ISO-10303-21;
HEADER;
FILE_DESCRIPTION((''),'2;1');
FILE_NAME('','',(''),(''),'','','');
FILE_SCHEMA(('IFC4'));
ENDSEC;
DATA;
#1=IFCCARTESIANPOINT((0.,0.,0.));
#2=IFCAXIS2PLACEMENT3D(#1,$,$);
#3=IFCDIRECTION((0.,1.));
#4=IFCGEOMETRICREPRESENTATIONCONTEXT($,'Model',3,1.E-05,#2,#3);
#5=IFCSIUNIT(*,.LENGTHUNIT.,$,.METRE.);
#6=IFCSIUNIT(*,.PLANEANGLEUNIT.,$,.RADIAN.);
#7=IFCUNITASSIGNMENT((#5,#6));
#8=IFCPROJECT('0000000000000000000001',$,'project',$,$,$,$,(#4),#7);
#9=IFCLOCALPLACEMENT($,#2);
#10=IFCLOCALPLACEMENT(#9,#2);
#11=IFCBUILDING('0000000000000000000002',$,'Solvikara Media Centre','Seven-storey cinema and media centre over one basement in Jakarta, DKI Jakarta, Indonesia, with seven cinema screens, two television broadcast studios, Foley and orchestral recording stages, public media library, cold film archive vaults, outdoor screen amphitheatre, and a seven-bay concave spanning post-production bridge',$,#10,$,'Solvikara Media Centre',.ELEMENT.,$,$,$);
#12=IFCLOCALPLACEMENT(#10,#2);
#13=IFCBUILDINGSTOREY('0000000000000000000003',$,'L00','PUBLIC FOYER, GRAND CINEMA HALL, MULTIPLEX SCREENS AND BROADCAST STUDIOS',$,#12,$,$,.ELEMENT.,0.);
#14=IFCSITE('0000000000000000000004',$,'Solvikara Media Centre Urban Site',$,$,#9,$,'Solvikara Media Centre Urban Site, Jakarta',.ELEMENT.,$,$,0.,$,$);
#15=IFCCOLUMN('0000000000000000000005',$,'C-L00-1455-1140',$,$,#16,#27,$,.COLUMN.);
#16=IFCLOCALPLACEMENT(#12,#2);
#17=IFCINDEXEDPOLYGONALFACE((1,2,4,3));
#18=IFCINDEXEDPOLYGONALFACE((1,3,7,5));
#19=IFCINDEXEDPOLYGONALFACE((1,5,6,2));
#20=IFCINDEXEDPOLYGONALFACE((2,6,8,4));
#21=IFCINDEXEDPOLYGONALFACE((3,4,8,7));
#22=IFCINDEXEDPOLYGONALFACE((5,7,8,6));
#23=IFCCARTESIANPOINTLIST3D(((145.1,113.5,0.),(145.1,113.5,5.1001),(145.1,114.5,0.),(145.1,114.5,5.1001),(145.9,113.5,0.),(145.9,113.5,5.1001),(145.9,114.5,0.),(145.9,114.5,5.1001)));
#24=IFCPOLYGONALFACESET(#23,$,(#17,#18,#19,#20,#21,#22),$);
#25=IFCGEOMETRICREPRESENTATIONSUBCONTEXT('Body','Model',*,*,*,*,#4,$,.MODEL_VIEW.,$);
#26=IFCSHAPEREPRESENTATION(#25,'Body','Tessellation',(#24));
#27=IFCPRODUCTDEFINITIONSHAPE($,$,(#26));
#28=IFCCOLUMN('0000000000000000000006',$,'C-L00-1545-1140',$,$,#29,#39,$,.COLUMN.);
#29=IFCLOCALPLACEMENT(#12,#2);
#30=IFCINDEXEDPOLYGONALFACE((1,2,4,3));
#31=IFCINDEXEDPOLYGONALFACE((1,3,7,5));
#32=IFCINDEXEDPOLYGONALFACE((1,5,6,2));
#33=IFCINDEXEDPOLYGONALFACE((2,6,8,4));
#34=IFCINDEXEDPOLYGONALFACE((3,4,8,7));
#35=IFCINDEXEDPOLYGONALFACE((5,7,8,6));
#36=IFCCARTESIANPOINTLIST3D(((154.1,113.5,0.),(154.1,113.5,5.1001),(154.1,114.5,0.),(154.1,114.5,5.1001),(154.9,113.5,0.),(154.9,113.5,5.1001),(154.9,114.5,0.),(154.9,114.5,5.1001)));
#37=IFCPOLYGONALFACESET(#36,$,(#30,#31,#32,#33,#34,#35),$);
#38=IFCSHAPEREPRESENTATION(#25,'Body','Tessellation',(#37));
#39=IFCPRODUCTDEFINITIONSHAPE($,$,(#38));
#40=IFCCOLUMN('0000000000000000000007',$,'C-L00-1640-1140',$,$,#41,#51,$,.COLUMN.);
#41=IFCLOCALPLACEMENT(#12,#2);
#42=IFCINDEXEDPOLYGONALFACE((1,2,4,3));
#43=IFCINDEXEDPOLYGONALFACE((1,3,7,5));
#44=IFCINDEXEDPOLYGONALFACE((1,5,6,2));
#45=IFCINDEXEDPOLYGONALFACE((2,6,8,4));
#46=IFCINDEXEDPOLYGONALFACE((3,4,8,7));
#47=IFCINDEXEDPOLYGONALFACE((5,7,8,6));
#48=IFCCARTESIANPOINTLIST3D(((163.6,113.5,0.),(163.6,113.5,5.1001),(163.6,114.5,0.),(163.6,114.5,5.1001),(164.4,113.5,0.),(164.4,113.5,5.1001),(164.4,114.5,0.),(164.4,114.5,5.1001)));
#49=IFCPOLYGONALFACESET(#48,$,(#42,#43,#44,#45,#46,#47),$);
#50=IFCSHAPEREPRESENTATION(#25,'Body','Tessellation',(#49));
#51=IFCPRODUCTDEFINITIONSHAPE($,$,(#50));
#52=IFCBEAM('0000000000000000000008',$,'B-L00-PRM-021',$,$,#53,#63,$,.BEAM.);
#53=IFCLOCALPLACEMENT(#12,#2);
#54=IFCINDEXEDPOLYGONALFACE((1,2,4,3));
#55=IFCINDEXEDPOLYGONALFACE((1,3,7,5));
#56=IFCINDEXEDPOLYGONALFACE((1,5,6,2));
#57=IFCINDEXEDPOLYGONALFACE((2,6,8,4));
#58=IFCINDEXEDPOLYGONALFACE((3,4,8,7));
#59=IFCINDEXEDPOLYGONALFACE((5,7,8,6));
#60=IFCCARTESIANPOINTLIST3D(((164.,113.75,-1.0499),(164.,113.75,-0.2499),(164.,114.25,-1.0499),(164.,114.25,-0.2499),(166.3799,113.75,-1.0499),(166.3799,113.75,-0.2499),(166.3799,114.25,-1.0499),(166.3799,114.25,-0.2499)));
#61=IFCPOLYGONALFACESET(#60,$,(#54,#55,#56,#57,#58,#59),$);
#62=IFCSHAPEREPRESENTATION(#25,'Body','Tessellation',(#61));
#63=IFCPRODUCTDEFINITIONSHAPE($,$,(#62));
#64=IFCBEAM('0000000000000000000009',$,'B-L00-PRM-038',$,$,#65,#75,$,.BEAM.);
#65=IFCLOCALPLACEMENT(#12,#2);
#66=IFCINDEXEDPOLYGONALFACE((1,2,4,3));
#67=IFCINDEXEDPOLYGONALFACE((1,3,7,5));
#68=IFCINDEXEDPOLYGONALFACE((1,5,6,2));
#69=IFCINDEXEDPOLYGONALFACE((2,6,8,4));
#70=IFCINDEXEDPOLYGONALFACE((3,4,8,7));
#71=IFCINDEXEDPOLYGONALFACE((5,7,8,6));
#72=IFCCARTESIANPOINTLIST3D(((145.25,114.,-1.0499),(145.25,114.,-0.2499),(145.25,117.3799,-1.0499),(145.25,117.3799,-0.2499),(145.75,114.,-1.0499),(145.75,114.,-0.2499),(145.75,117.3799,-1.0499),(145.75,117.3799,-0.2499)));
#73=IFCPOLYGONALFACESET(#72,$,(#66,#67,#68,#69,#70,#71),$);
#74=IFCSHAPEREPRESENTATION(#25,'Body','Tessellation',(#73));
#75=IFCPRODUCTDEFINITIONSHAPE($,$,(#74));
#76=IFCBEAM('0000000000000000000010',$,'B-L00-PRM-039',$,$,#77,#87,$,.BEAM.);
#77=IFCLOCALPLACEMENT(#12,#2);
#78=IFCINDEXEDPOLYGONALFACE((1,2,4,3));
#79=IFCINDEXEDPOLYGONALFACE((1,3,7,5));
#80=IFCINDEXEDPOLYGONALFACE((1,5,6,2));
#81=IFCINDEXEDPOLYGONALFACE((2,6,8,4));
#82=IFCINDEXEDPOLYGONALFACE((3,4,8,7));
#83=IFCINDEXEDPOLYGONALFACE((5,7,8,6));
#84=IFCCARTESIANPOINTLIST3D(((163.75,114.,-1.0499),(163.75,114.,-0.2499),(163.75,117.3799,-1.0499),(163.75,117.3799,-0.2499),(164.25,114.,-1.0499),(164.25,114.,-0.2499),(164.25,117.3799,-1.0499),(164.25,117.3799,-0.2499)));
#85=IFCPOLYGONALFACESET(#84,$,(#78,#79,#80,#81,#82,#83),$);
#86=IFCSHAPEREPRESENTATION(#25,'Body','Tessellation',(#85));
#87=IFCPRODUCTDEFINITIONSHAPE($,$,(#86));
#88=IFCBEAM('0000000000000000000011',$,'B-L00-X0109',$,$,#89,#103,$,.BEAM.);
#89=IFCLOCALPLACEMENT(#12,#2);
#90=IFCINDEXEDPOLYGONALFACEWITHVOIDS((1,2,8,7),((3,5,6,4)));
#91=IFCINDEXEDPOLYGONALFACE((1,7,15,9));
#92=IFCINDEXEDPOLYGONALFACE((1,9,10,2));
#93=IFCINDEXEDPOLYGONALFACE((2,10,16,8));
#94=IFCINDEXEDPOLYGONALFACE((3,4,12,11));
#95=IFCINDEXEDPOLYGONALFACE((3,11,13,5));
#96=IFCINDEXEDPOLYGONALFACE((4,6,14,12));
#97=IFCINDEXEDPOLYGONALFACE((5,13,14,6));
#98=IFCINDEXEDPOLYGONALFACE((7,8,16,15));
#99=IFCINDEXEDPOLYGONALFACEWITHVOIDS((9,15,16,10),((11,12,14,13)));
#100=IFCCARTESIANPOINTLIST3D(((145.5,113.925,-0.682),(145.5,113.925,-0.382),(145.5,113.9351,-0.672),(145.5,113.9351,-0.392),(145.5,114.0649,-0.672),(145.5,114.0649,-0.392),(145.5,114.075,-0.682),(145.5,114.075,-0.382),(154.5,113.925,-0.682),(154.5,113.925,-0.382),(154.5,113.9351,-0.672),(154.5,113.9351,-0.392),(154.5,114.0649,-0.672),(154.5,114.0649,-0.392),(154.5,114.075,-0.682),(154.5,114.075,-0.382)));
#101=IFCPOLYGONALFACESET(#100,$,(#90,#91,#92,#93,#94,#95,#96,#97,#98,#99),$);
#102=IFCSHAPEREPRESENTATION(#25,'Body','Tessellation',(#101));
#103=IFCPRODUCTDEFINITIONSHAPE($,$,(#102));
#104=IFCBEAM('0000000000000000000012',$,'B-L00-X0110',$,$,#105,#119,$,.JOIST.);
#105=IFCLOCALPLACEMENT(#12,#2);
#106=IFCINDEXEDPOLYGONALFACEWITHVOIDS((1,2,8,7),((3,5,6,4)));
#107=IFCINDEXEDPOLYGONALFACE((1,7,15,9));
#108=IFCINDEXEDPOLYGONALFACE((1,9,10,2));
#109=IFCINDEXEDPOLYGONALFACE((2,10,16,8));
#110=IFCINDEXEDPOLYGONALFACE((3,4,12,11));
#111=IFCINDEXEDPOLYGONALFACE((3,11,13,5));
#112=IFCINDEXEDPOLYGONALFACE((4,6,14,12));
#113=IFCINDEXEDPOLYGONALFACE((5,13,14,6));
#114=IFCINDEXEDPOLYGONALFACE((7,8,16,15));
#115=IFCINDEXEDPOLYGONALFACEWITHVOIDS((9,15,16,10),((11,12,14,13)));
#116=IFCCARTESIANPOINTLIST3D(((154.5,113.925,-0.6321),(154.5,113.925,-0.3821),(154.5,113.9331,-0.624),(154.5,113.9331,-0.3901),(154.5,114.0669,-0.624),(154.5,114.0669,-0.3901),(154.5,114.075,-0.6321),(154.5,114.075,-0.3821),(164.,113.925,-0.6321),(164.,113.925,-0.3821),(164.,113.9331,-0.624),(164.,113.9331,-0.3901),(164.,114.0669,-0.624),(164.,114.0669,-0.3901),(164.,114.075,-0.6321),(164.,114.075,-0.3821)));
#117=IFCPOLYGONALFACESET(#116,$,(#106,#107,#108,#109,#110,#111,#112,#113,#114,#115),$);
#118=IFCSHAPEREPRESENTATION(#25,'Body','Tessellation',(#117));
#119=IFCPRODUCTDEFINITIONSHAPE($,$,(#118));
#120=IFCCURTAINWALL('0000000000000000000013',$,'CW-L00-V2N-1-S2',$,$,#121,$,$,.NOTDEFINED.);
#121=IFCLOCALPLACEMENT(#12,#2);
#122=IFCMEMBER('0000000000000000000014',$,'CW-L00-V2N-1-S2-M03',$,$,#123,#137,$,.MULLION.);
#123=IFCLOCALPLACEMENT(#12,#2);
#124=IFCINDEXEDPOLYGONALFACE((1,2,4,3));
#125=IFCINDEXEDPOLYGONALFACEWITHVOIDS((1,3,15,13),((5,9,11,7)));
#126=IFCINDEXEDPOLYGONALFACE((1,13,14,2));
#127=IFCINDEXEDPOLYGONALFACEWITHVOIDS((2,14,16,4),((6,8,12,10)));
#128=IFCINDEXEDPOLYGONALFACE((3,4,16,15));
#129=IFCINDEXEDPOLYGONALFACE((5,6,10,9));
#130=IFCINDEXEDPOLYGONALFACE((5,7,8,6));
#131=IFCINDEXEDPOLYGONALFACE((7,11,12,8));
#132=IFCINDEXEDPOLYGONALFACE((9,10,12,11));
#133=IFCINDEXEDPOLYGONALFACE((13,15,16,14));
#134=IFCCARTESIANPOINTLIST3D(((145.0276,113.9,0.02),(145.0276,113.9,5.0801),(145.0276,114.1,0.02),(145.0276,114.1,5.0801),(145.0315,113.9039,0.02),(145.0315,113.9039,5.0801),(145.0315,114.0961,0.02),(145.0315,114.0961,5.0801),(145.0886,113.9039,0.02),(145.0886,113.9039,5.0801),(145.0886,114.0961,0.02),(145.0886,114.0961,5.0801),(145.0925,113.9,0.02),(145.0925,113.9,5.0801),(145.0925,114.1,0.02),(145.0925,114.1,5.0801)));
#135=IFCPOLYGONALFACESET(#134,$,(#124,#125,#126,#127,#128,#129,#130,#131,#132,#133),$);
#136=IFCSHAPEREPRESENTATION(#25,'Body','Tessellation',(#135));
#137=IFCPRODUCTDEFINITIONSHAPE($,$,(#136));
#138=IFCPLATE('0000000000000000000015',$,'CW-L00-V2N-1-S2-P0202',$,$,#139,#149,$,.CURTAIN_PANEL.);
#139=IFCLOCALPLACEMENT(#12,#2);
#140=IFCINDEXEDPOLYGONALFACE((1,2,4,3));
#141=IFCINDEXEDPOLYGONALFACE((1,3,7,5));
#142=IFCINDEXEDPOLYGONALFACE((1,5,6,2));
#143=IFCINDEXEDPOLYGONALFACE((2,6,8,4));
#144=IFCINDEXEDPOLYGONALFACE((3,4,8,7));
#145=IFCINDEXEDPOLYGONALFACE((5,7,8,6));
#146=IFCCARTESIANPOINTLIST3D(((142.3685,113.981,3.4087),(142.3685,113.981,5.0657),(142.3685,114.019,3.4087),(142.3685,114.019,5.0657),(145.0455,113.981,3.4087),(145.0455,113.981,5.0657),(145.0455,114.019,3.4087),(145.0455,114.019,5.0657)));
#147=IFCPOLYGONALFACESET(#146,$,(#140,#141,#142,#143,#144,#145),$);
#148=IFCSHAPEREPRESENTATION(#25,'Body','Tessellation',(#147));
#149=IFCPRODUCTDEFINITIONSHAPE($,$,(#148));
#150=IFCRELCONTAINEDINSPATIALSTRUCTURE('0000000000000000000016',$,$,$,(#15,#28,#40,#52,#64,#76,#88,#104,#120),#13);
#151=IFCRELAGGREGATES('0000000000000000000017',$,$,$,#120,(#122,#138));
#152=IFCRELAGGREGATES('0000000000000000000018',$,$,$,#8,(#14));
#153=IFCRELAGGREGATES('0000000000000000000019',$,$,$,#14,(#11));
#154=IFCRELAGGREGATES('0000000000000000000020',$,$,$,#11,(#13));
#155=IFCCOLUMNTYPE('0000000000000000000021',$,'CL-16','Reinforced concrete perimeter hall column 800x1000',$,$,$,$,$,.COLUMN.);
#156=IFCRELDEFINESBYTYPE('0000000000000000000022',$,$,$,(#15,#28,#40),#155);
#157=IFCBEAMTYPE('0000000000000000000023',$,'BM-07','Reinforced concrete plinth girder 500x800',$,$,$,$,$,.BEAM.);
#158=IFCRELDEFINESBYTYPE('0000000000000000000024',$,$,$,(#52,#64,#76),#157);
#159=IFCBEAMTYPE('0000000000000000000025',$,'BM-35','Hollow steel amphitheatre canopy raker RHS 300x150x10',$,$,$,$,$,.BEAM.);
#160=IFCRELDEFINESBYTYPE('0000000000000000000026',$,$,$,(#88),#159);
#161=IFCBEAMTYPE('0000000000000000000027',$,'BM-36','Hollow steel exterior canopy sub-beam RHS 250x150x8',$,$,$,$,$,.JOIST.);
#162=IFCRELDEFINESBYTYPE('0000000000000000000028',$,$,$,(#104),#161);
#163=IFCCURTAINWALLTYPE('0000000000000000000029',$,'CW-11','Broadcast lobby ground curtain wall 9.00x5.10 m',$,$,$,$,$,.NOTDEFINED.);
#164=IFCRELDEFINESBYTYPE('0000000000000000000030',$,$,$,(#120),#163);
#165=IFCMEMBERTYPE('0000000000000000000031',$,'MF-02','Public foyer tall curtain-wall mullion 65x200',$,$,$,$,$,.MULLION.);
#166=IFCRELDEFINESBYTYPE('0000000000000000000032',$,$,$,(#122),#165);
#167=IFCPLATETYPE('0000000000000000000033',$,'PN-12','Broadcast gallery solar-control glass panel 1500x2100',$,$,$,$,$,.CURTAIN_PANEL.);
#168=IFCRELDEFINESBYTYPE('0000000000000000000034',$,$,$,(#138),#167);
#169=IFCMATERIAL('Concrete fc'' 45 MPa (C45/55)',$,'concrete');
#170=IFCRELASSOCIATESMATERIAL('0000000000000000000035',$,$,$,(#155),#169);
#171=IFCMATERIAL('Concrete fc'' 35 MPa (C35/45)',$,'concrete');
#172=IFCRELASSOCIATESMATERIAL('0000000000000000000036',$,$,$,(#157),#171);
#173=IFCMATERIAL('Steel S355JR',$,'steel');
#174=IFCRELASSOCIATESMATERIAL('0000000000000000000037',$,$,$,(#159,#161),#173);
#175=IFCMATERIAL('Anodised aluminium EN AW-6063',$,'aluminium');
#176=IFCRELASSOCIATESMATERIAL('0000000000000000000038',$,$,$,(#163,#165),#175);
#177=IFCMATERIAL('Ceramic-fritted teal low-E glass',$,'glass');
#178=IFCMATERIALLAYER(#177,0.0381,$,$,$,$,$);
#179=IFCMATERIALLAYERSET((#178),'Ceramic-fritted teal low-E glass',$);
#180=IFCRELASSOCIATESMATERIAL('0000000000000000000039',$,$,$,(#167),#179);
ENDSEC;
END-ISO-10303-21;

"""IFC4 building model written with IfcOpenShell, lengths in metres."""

from ifc_helpers import new_model, si_unit, direction, frame, origin, origin_2d, place, context, subcontext, project, spatial, rectangle, hollow_rectangle, extrude, material, layer, layer_set, material_profile, profile_set, type_object, element, aggregate, save


model = new_model("IFC4")

# Units and contexts
model_context = context("Model", 3, precision=1e-05, world=origin(), true_north=direction((0.0, 1.0)))
body_context = subcontext(model_context, "Body", "Model", "MODEL_VIEW")
ifc_project = project(units=[si_unit("LENGTHUNIT", "METRE"), si_unit("PLANEANGLEUNIT", "RADIAN")], contexts=[model_context])

# Site, building, storey
site_placement = place(None, origin())
site = spatial("IfcSite", under=ifc_project, at=site_placement, Name="Solvikara Media Centre Urban Site", LongName="Solvikara Media Centre Urban Site, Jakarta", CompositionType="ELEMENT", RefElevation=0.0)
building_placement = place(site_placement, origin())
building = spatial("IfcBuilding", under=site, at=building_placement, Name="Solvikara Media Centre", Description="Seven-storey cinema and media centre over one basement in Jakarta, DKI Jakarta, Indonesia, with seven cinema screens, two television broadcast studios, Foley and orchestral recording stages, public media library, cold film archive vaults, outdoor screen amphitheatre, and a seven-bay concave spanning post-production bridge", LongName="Solvikara Media Centre", CompositionType="ELEMENT")
storey_placement = place(building_placement, origin())
storey = spatial("IfcBuildingStorey", under=building, at=storey_placement, Name="L00", Description="PUBLIC FOYER, GRAND CINEMA HALL, MULTIPLEX SCREENS AND BROADCAST STUDIOS", CompositionType="ELEMENT", Elevation=0.0)

# Columns
ifc_material_1 = material(Name="Concrete fc' 45 MPa (C45/55)", Category="concrete")
ifc_material_profile_1 = material_profile(ifc_material_1, rectangle(XDim=0.8, YDim=1.0, at=origin_2d()), Name="RC 800x1000")
ifc_profile_set_1 = profile_set([ifc_material_profile_1], Name="Concrete fc' 45 MPa (C45/55)")
column_type = type_object("IfcColumnType", Name="CL-16", Description="Reinforced concrete perimeter hall column 800x1000", PredefinedType="COLUMN", material=ifc_profile_set_1)
for number, where, z_axis, x_axis, name in (
    (1, (145.5, 114.0, 0.0), (0.0, 0.0, 1.0), (1.0, 0.0, 0.0), "C-L00-1455-1140"),
    (2, (154.5, 114.0, 0.0), (0.0, 0.0, 1.0), (1.0, 0.0, 0.0), "C-L00-1545-1140"),
    (3, (164.0, 114.0, 0.0), (0.0, 0.0, 1.0), (1.0, 0.0, 0.0), "C-L00-1640-1140"),
):
    element("IfcColumn", number, at=place(storey_placement, frame(where, z_axis=z_axis, x_axis=x_axis)), inside=storey, type_object=column_type, Name=name, PredefinedType="COLUMN", context=body_context, shape_type="SweptSolid", body=[
        extrude(rectangle(XDim=0.8, YDim=1.0, at=origin_2d()), origin(), (0.0, 0.0, 1.0), 5.1001),
    ])

# Beams
ifc_material_2 = material(Name="Concrete fc' 35 MPa (C35/45)", Category="concrete")
ifc_material_profile_2 = material_profile(ifc_material_2, rectangle(XDim=0.5, YDim=0.8, at=origin_2d()), Name="RC 500x800")
ifc_profile_set_2 = profile_set([ifc_material_profile_2], Name="Concrete fc' 35 MPa (C35/45)")
beam_type_1 = type_object("IfcBeamType", Name="BM-07", Description="Reinforced concrete plinth girder 500x800", PredefinedType="BEAM", material=ifc_profile_set_2)
beam_1_placement = place(storey_placement, frame((164.0, 114.0, -0.6499), z_axis=(1.0, 0.0, 0.0), x_axis=(0.0, 1.0, 0.0)))
element("IfcBeam", 4, at=beam_1_placement, inside=storey, type_object=beam_type_1, Name="B-L00-PRM-021", PredefinedType="BEAM", context=body_context, shape_type="SweptSolid", body=[
    extrude(rectangle(XDim=0.5, YDim=0.8, at=origin_2d()), origin(), (0.0, 0.0, 1.0), 2.3799),
])
for number, where, z_axis, x_axis, name in (
    (5, (145.5, 114.0, -0.6499), (0.0, 1.0, 0.0), (-1.0, 0.0, 0.0), "B-L00-PRM-038"),
    (6, (164.0, 114.0, -0.6499), (0.0, 1.0, 0.0), (-1.0, 0.0, 0.0), "B-L00-PRM-039"),
):
    element("IfcBeam", number, at=place(storey_placement, frame(where, z_axis=z_axis, x_axis=x_axis)), inside=storey, type_object=beam_type_1, Name=name, PredefinedType="BEAM", context=body_context, shape_type="SweptSolid", body=[
        extrude(rectangle(XDim=0.5, YDim=0.8, at=origin_2d()), origin(), (0.0, 0.0, 1.0), 3.3799),
    ])
ifc_material_3 = material(Name="Steel S355JR", Category="steel")
ifc_material_profile_3 = material_profile(ifc_material_3, hollow_rectangle(XDim=0.1499, YDim=0.3, WallThickness=0.01, at=origin_2d()), Name="RHS 300x150x10")
ifc_profile_set_3 = profile_set([ifc_material_profile_3], Name="Steel S355JR")
beam_type_2 = type_object("IfcBeamType", Name="BM-35", Description="Hollow steel amphitheatre canopy raker RHS 300x150x10", PredefinedType="BEAM", material=ifc_profile_set_3)
beam_2_placement = place(storey_placement, frame((145.5, 114.0, -0.532), z_axis=(1.0, 0.0, 0.0), x_axis=(0.0, 1.0, 0.0)))
element("IfcBeam", 7, at=beam_2_placement, inside=storey, type_object=beam_type_2, Name="B-L00-X0109", PredefinedType="BEAM", context=body_context, shape_type="SweptSolid", body=[
    extrude(hollow_rectangle(XDim=0.1499, YDim=0.3, WallThickness=0.01, at=origin_2d()), origin(), (0.0, 0.0, 1.0), 9.0),
])
ifc_material_profile_4 = material_profile(ifc_material_3, hollow_rectangle(XDim=0.1499, YDim=0.25, WallThickness=0.0081, at=origin_2d()), Name="RHS 250x150x8")
ifc_profile_set_4 = profile_set([ifc_material_profile_4], Name="Steel S355JR")
beam_type_3 = type_object("IfcBeamType", Name="BM-36", Description="Hollow steel exterior canopy sub-beam RHS 250x150x8", PredefinedType="JOIST", material=ifc_profile_set_4)
beam_3_placement = place(storey_placement, frame((154.5, 114.0, -0.5071), z_axis=(1.0, 0.0, 0.0), x_axis=(0.0, 1.0, 0.0)))
element("IfcBeam", 8, at=beam_3_placement, inside=storey, type_object=beam_type_3, Name="B-L00-X0110", PredefinedType="JOIST", context=body_context, shape_type="SweptSolid", body=[
    extrude(hollow_rectangle(XDim=0.1499, YDim=0.25, WallThickness=0.0081, at=origin_2d()), origin(), (0.0, 0.0, 1.0), 9.5),
])

# Curtain wall, member, plate
ifc_material_4 = material(Name="Anodised aluminium EN AW-6063", Category="aluminium")
curtain_wall_type = type_object("IfcCurtainWallType", Name="CW-11", Description="Broadcast lobby ground curtain wall 9.00x5.10 m", PredefinedType="NOTDEFINED", material=ifc_material_4)
curtain_wall_placement = place(storey_placement, origin())
curtain_wall = element("IfcCurtainWall", 9, at=curtain_wall_placement, inside=storey, type_object=curtain_wall_type, Name="CW-L00-V2N-1-S2", PredefinedType="NOTDEFINED")
ifc_material_profile_5 = material_profile(ifc_material_4, hollow_rectangle(XDim=0.0649, YDim=0.2, WallThickness=0.0039, at=origin_2d()), Name="ALU-M 65x200x4")
ifc_profile_set_5 = profile_set([ifc_material_profile_5], Name="Anodised aluminium EN AW-6063")
member_type = type_object("IfcMemberType", Name="MF-02", Description="Public foyer tall curtain-wall mullion 65x200", PredefinedType="MULLION", material=ifc_profile_set_5)
member_placement = place(storey_placement, frame((145.0601, 114.0, 0.02), z_axis=(0.0, 0.0, 1.0), x_axis=(1.0, 0.0, 0.0)))
member = element("IfcMember", 10, at=member_placement, type_object=member_type, Name="CW-L00-V2N-1-S2-M03", PredefinedType="MULLION", context=body_context, shape_type="SweptSolid", body=[
    extrude(hollow_rectangle(XDim=0.0649, YDim=0.2, WallThickness=0.0039, at=origin_2d()), origin(), (0.0, 0.0, 1.0), 5.0601),
])
ifc_material_5 = material(Name="Ceramic-fritted teal low-E glass", Category="glass")
ifc_layer_1 = layer(ifc_material_5, 0.0381)
ifc_layer_set_1 = layer_set([ifc_layer_1], Name="Ceramic-fritted teal low-E glass")
plate_type = type_object("IfcPlateType", Name="PN-12", Description="Broadcast gallery solar-control glass panel 1500x2100", PredefinedType="CURTAIN_PANEL", material=ifc_layer_set_1)
plate_placement = place(storey_placement, frame((143.707, 114.0, 3.4087), z_axis=(0.0, 0.0, 1.0), x_axis=(1.0, 0.0, 0.0)))
plate = element("IfcPlate", 11, at=plate_placement, type_object=plate_type, Name="CW-L00-V2N-1-S2-P0202", PredefinedType="CURTAIN_PANEL", context=body_context, shape_type="SweptSolid", body=[
    extrude(rectangle(XDim=2.677, YDim=0.0381, at=origin_2d()), origin(), (0.0, 0.0, 1.0), 1.657),
])
aggregate(curtain_wall, [member, plate])

save(model, "model.ifc")
